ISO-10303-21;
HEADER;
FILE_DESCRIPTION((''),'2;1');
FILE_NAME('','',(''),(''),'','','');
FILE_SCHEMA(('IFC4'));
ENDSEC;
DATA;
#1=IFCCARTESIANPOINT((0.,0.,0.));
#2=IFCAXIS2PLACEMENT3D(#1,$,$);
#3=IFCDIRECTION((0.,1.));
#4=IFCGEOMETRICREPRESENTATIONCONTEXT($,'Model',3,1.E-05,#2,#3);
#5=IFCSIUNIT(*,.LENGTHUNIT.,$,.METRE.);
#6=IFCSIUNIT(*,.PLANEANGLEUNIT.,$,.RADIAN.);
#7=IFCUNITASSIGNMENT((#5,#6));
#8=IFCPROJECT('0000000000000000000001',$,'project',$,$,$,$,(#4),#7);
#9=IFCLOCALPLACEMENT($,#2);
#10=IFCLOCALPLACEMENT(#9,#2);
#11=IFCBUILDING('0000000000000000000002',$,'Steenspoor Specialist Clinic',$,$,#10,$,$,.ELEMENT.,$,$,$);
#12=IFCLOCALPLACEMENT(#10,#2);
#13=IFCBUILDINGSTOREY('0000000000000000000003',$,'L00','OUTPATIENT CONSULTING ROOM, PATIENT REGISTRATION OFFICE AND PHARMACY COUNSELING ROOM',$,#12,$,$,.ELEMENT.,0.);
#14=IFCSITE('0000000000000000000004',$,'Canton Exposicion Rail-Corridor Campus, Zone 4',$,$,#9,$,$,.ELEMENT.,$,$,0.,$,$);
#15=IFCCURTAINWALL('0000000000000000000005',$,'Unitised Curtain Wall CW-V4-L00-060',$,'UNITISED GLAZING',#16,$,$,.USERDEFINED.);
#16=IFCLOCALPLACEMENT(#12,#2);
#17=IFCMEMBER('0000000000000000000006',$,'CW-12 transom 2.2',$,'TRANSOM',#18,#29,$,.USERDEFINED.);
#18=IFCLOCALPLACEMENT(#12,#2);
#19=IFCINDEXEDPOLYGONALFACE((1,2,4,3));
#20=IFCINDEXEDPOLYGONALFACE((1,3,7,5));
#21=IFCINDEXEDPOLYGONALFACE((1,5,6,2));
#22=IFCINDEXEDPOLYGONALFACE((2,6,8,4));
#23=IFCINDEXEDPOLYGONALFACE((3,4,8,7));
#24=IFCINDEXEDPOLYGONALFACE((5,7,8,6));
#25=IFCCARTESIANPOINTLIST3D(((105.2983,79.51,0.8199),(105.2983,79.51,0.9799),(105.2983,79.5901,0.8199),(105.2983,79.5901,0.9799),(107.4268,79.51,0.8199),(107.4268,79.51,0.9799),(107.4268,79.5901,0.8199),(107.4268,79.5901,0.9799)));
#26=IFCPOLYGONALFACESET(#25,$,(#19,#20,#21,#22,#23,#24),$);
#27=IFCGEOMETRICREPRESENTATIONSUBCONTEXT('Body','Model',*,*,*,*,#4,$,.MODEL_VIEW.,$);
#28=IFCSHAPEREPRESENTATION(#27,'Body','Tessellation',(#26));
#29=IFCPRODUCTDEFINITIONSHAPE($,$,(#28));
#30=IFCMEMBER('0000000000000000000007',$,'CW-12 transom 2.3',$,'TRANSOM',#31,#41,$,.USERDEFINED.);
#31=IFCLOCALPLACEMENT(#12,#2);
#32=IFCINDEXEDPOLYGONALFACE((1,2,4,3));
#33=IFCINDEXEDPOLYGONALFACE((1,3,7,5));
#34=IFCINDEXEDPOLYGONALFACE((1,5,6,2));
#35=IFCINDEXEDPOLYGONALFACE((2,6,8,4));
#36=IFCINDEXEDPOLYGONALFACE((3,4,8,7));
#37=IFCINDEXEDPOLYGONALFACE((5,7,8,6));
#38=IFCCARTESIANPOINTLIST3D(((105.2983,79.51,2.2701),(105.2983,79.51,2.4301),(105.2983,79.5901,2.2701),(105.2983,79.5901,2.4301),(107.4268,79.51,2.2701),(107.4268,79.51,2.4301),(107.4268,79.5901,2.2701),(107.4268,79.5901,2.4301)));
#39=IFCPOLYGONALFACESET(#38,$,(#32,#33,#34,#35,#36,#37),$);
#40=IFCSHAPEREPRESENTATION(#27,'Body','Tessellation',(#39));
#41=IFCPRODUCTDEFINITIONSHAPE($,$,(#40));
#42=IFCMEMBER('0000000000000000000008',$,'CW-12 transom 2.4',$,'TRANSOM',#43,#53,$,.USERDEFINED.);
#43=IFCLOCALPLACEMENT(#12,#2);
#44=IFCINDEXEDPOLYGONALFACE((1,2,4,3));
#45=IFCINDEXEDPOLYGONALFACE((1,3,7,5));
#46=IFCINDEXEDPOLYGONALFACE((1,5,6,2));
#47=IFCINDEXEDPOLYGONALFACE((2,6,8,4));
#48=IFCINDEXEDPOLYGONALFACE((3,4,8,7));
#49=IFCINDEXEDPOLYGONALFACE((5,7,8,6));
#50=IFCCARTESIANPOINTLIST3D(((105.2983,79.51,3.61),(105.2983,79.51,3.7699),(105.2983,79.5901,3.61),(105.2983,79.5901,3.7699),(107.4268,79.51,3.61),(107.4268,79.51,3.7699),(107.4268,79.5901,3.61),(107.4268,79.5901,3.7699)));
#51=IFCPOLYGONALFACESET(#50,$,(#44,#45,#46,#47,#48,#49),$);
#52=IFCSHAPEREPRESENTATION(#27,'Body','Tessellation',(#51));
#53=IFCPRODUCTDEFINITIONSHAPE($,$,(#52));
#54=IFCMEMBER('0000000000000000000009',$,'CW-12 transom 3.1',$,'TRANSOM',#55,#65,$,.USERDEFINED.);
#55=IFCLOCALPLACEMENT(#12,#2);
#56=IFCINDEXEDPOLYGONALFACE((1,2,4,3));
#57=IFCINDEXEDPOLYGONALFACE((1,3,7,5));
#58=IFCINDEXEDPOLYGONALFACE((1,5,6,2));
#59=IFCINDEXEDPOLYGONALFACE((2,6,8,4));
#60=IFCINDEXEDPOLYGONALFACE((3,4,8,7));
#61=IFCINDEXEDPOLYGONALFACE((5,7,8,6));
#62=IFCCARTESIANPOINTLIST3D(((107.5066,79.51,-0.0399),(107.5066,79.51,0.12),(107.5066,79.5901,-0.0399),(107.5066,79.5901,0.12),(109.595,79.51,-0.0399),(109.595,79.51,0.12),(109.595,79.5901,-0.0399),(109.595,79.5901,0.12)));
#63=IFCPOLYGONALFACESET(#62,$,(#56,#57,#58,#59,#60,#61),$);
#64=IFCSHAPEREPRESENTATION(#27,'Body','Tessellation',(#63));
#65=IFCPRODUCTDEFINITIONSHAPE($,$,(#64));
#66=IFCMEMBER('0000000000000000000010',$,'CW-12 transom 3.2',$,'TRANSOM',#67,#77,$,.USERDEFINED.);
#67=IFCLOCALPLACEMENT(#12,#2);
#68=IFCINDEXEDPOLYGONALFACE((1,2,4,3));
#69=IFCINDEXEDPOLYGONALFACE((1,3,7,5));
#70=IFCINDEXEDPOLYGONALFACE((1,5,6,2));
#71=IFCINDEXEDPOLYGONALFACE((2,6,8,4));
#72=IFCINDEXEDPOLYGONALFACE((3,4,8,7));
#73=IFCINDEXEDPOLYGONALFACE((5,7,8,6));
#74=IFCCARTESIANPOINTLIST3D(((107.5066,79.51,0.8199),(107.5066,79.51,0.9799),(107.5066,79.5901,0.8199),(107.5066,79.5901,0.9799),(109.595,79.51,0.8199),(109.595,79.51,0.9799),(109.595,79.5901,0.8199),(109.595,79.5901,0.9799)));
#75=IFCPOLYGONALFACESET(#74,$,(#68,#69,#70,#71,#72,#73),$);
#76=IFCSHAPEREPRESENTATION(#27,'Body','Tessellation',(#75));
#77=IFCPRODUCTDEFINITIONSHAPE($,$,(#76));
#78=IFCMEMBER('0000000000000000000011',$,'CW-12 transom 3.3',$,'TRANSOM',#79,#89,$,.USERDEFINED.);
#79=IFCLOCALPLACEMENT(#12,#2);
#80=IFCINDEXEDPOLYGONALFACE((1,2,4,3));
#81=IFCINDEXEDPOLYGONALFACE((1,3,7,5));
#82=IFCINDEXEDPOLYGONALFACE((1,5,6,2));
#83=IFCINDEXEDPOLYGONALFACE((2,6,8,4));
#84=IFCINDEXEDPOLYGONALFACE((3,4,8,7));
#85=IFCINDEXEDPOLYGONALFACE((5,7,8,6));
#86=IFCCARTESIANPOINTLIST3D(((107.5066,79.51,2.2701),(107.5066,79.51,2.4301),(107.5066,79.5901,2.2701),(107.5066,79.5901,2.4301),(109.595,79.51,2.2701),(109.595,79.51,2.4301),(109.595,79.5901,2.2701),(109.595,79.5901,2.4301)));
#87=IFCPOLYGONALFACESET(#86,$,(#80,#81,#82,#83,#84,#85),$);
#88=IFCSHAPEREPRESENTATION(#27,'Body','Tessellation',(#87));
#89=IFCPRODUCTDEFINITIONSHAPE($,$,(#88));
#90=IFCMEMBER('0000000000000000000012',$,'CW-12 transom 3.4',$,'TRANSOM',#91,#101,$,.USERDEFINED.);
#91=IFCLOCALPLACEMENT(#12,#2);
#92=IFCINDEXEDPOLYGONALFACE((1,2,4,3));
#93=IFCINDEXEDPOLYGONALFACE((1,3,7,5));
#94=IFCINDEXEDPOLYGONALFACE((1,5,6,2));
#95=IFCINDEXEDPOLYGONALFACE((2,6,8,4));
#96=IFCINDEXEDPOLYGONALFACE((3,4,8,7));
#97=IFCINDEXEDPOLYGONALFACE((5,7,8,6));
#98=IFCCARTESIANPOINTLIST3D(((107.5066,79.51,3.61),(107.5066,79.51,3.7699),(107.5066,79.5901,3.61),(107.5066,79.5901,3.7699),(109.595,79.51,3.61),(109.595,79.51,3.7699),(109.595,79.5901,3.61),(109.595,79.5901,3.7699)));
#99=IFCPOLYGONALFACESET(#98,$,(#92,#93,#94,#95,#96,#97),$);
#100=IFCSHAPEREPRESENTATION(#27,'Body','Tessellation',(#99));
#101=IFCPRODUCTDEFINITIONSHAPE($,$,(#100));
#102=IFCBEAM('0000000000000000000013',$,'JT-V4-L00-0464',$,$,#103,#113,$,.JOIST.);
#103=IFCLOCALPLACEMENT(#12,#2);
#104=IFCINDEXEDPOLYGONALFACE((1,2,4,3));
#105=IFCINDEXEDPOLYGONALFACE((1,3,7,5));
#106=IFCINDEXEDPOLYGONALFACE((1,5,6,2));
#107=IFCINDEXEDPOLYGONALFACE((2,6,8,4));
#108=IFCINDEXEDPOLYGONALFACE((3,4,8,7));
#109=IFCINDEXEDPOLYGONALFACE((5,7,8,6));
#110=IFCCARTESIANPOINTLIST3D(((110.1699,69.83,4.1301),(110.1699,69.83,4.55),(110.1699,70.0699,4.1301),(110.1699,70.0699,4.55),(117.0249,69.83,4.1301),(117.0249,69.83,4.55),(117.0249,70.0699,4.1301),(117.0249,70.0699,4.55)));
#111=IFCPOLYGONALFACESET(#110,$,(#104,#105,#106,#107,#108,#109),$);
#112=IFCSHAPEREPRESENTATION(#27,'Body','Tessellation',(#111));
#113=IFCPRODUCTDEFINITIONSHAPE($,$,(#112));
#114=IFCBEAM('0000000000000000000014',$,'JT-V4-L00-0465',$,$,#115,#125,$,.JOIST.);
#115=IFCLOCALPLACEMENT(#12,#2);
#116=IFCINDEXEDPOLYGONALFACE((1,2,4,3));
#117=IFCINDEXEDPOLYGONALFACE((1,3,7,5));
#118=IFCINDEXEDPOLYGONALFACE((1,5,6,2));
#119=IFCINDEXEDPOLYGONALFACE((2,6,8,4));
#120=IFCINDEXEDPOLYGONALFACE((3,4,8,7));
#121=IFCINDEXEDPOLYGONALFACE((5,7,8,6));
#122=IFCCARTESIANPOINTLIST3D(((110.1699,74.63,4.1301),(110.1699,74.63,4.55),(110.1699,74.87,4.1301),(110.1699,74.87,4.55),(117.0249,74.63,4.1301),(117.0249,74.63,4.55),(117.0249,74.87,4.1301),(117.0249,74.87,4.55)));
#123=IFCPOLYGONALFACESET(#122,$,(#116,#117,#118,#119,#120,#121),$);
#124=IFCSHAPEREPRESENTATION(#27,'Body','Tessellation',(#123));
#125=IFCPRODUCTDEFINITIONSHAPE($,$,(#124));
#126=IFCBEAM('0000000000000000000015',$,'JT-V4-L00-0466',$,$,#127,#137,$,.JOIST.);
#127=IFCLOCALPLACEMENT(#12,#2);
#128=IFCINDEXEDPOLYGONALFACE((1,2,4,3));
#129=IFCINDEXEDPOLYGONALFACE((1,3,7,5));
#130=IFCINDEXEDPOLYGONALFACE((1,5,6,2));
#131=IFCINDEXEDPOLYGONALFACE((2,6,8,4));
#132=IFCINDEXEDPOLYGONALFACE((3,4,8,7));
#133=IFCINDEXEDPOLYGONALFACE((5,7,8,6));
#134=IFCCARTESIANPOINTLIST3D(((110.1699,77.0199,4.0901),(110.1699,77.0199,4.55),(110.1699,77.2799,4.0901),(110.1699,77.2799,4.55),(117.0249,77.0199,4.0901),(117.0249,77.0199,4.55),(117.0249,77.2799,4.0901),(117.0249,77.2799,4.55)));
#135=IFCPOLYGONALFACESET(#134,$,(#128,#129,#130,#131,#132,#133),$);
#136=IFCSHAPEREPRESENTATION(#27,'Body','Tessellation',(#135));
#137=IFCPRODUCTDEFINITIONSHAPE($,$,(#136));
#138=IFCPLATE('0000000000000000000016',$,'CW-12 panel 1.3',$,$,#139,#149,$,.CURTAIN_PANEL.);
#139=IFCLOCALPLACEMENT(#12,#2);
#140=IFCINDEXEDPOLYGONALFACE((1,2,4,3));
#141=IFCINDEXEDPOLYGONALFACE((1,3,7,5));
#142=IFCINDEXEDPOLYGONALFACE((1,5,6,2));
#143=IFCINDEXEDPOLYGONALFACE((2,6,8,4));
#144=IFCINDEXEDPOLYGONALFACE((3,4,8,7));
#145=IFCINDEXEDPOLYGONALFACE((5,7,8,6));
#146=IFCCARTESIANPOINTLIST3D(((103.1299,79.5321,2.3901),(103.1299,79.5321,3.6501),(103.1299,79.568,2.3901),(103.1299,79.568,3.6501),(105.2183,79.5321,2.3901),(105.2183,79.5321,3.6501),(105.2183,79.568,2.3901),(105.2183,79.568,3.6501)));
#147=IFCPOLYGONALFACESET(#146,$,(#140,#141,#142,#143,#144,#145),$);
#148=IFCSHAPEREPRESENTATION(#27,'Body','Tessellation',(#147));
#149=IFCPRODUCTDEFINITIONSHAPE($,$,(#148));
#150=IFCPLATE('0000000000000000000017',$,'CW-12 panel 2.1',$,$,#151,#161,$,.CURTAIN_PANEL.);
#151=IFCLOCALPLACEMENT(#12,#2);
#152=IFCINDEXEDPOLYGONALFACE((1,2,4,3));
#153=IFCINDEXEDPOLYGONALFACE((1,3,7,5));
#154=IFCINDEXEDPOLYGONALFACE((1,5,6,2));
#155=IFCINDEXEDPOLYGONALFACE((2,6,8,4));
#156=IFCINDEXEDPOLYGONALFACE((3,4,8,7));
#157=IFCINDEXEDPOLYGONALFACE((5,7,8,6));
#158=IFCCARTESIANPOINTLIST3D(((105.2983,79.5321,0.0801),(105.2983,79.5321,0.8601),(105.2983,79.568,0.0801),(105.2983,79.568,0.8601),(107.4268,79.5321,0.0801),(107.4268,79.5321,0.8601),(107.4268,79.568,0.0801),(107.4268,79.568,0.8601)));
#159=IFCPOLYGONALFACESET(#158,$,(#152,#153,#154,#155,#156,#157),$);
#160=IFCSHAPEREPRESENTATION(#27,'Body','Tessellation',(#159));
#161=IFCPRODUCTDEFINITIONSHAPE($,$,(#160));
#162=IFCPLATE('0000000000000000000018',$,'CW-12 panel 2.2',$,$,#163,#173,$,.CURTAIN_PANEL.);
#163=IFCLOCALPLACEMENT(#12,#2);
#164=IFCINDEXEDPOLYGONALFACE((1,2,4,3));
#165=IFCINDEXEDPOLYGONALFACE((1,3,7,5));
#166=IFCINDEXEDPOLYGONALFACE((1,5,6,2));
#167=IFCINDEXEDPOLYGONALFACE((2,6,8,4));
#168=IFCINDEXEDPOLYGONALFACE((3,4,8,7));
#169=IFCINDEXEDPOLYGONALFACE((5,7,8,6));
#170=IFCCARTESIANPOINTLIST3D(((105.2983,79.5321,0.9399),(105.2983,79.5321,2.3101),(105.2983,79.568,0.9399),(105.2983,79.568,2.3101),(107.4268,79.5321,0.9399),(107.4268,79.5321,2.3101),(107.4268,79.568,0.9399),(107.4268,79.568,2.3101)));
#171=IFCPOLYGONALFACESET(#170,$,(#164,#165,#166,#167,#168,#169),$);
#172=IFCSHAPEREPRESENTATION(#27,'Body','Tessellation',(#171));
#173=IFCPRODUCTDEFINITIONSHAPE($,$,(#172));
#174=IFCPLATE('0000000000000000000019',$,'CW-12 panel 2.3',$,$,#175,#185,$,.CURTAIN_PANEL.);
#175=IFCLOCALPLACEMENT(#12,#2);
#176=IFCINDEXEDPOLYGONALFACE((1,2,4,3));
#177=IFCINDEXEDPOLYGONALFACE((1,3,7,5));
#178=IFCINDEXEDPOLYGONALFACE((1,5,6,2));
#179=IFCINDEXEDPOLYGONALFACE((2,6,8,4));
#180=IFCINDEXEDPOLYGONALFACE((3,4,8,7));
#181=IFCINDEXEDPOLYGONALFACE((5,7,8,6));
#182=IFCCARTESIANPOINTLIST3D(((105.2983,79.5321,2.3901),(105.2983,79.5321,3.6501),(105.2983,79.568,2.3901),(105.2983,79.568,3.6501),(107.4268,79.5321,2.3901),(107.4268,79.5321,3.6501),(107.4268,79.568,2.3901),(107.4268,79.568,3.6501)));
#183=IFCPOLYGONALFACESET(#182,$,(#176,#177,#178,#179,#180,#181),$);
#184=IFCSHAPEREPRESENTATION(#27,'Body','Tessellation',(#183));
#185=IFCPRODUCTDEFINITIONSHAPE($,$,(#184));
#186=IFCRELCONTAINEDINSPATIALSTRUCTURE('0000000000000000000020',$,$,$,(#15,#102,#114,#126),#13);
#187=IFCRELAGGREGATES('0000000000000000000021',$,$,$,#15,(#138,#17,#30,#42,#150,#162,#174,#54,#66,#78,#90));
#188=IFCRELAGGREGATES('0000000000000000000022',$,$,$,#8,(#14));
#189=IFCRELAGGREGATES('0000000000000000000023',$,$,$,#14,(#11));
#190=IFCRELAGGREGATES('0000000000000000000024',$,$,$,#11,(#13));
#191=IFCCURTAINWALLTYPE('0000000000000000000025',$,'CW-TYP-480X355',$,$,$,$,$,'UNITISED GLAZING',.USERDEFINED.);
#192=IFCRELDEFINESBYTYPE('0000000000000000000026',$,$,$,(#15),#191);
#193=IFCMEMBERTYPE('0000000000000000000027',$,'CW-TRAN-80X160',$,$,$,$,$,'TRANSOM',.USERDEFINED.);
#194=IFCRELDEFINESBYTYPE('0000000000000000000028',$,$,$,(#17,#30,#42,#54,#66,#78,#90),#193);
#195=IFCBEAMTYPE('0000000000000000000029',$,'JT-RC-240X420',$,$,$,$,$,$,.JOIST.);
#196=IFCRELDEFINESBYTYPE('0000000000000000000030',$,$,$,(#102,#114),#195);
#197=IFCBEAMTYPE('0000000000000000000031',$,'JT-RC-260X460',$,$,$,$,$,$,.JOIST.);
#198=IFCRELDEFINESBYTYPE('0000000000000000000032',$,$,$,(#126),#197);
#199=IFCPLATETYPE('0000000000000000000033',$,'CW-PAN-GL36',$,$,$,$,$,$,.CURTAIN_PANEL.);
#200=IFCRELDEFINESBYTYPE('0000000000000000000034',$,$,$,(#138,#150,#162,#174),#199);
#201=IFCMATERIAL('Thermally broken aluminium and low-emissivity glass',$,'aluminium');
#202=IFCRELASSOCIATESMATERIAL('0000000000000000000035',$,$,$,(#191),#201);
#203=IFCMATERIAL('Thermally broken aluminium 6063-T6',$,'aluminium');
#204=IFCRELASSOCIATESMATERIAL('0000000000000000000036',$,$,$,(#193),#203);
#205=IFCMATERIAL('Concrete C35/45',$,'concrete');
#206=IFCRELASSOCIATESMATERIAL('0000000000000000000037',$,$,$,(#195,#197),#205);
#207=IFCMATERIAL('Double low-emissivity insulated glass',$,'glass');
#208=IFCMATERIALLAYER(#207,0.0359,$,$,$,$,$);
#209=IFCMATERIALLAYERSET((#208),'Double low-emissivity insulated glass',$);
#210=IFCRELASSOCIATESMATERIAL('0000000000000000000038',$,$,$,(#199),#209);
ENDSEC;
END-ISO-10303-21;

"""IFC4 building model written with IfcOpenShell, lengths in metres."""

from ifc_helpers import new_model, si_unit, direction, frame, origin, origin_2d, place, context, subcontext, project, spatial, rectangle, extrude, material, layer, layer_set, material_profile, profile_set, type_object, element, aggregate, save


model = new_model("IFC4")

# Units and contexts
model_context = context("Model", 3, precision=1e-05, world=origin(), true_north=direction((0.0, 1.0)))
body_context = subcontext(model_context, "Body", "Model", "MODEL_VIEW")
ifc_project = project(units=[si_unit("LENGTHUNIT", "METRE"), si_unit("PLANEANGLEUNIT", "RADIAN")], contexts=[model_context])

# Site, building, storey
site_placement = place(None, origin())
site = spatial("IfcSite", under=ifc_project, at=site_placement, Name="Canton Exposicion Rail-Corridor Campus, Zone 4", CompositionType="ELEMENT", RefElevation=0.0)
building_placement = place(site_placement, origin())
building = spatial("IfcBuilding", under=site, at=building_placement, Name="Steenspoor Specialist Clinic", CompositionType="ELEMENT")
storey_placement = place(building_placement, origin())
storey = spatial("IfcBuildingStorey", under=building, at=storey_placement, Name="L00", Description="OUTPATIENT CONSULTING ROOM, PATIENT REGISTRATION OFFICE AND PHARMACY COUNSELING ROOM", CompositionType="ELEMENT", Elevation=0.0)

# Shared definitions
ifc_material_1 = material(Name="Concrete C35/45", Category="concrete")

# Curtain wall, members
ifc_material_2 = material(Name="Thermally broken aluminium and low-emissivity glass", Category="aluminium")
curtain_wall_type = type_object("IfcCurtainWallType", Name="CW-TYP-480X355", ElementType="UNITISED GLAZING", PredefinedType="USERDEFINED", material=ifc_material_2)
curtain_wall_placement = place(storey_placement, origin())
curtain_wall = element("IfcCurtainWall", 1, at=curtain_wall_placement, inside=storey, type_object=curtain_wall_type, Name="Unitised Curtain Wall CW-V4-L00-060", ObjectType="UNITISED GLAZING", PredefinedType="USERDEFINED")
ifc_material_3 = material(Name="Thermally broken aluminium 6063-T6", Category="aluminium")
ifc_material_profile_1 = material_profile(ifc_material_3, rectangle(XDim=0.0801, YDim=0.1599, at=origin_2d()), Name="CWT-80X160")
ifc_profile_set_1 = profile_set([ifc_material_profile_1], Name="Thermally broken aluminium 6063-T6")
member_type_1 = type_object("IfcMemberType", Name="CW-TRAN-80X160", ElementType="TRANSOM", PredefinedType="USERDEFINED", material=ifc_profile_set_1)
member_1_placement = place(storey_placement, frame((105.2983, 79.55, 0.8999), z_axis=(1.0, 0.0, 0.0), x_axis=(0.0, 1.0, 0.0)))
member_1 = element("IfcMember", 2, at=member_1_placement, type_object=member_type_1, Name="CW-12 transom 2.2", ObjectType="TRANSOM", PredefinedType="USERDEFINED", context=body_context, shape_type="SweptSolid", body=[
    extrude(rectangle(XDim=0.0801, YDim=0.1599, at=origin_2d()), origin(), (0.0, 0.0, 1.0), 2.1284),
])
member_2_placement = place(storey_placement, frame((105.2983, 79.55, 2.3501), z_axis=(1.0, 0.0, 0.0), x_axis=(0.0, 1.0, 0.0)))
member_2 = element("IfcMember", 3, at=member_2_placement, type_object=member_type_1, Name="CW-12 transom 2.3", ObjectType="TRANSOM", PredefinedType="USERDEFINED", context=body_context, shape_type="SweptSolid", body=[
    extrude(rectangle(XDim=0.0801, YDim=0.1599, at=origin_2d()), origin(), (0.0, 0.0, 1.0), 2.1284),
])
member_3_placement = place(storey_placement, frame((105.2983, 79.55, 3.6899), z_axis=(1.0, 0.0, 0.0), x_axis=(0.0, 1.0, 0.0)))
member_3 = element("IfcMember", 4, at=member_3_placement, type_object=member_type_1, Name="CW-12 transom 2.4", ObjectType="TRANSOM", PredefinedType="USERDEFINED", context=body_context, shape_type="SweptSolid", body=[
    extrude(rectangle(XDim=0.0801, YDim=0.1599, at=origin_2d()), origin(), (0.0, 0.0, 1.0), 2.1284),
])
member_4_placement = place(storey_placement, frame((107.5066, 79.55, 0.04), z_axis=(1.0, 0.0, 0.0), x_axis=(0.0, 1.0, 0.0)))
member_4 = element("IfcMember", 5, at=member_4_placement, type_object=member_type_1, Name="CW-12 transom 3.1", ObjectType="TRANSOM", PredefinedType="USERDEFINED", context=body_context, shape_type="SweptSolid", body=[
    extrude(rectangle(XDim=0.0801, YDim=0.1599, at=origin_2d()), origin(), (0.0, 0.0, 1.0), 2.0884),
])
member_5_placement = place(storey_placement, frame((107.5066, 79.55, 0.8999), z_axis=(1.0, 0.0, 0.0), x_axis=(0.0, 1.0, 0.0)))
member_5 = element("IfcMember", 6, at=member_5_placement, type_object=member_type_1, Name="CW-12 transom 3.2", ObjectType="TRANSOM", PredefinedType="USERDEFINED", context=body_context, shape_type="SweptSolid", body=[
    extrude(rectangle(XDim=0.0801, YDim=0.1599, at=origin_2d()), origin(), (0.0, 0.0, 1.0), 2.0884),
])
member_6_placement = place(storey_placement, frame((107.5066, 79.55, 2.3501), z_axis=(1.0, 0.0, 0.0), x_axis=(0.0, 1.0, 0.0)))
member_6 = element("IfcMember", 7, at=member_6_placement, type_object=member_type_1, Name="CW-12 transom 3.3", ObjectType="TRANSOM", PredefinedType="USERDEFINED", context=body_context, shape_type="SweptSolid", body=[
    extrude(rectangle(XDim=0.0801, YDim=0.1599, at=origin_2d()), origin(), (0.0, 0.0, 1.0), 2.0884),
])
member_7_placement = place(storey_placement, frame((107.5066, 79.55, 3.6899), z_axis=(1.0, 0.0, 0.0), x_axis=(0.0, 1.0, 0.0)))
member_7 = element("IfcMember", 8, at=member_7_placement, type_object=member_type_1, Name="CW-12 transom 3.4", ObjectType="TRANSOM", PredefinedType="USERDEFINED", context=body_context, shape_type="SweptSolid", body=[
    extrude(rectangle(XDim=0.0801, YDim=0.1599, at=origin_2d()), origin(), (0.0, 0.0, 1.0), 2.0884),
])

# Beams
ifc_material_profile_2 = material_profile(ifc_material_1, rectangle(XDim=0.24, YDim=0.4199, at=origin_2d()), Name="RC-JT-240X420")
ifc_profile_set_2 = profile_set([ifc_material_profile_2], Name="Concrete C35/45")
beam_type_1 = type_object("IfcBeamType", Name="JT-RC-240X420", PredefinedType="JOIST", material=ifc_profile_set_2)
for number, where, z_axis, x_axis, name in (
    (9, (110.1699, 69.95, 4.3401), (1.0, 0.0, 0.0), (0.0, 1.0, 0.0), "JT-V4-L00-0464"),
    (10, (110.1699, 74.75, 4.3401), (1.0, 0.0, 0.0), (0.0, 1.0, 0.0), "JT-V4-L00-0465"),
):
    element("IfcBeam", number, at=place(storey_placement, frame(where, z_axis=z_axis, x_axis=x_axis)), inside=storey, type_object=beam_type_1, Name=name, PredefinedType="JOIST", context=body_context, shape_type="SweptSolid", body=[
        extrude(rectangle(XDim=0.24, YDim=0.4199, at=origin_2d()), origin(), (0.0, 0.0, 1.0), 6.855),
    ])
ifc_material_profile_3 = material_profile(ifc_material_1, rectangle(XDim=0.26, YDim=0.46, at=origin_2d()), Name="RC-JT-260X460")
ifc_profile_set_3 = profile_set([ifc_material_profile_3], Name="Concrete C35/45")
beam_type_2 = type_object("IfcBeamType", Name="JT-RC-260X460", PredefinedType="JOIST", material=ifc_profile_set_3)
beam_1_placement = place(storey_placement, frame((110.1699, 77.1499, 4.3201), z_axis=(1.0, 0.0, 0.0), x_axis=(0.0, 1.0, 0.0)))
element("IfcBeam", 11, at=beam_1_placement, inside=storey, type_object=beam_type_2, Name="JT-V4-L00-0466", PredefinedType="JOIST", context=body_context, shape_type="SweptSolid", body=[
    extrude(rectangle(XDim=0.26, YDim=0.46, at=origin_2d()), origin(), (0.0, 0.0, 1.0), 6.855),
])

# Plates
ifc_material_4 = material(Name="Double low-emissivity insulated glass", Category="glass")
ifc_layer_1 = layer(ifc_material_4, 0.0359)
ifc_layer_set_1 = layer_set([ifc_layer_1], Name="Double low-emissivity insulated glass")
plate_type = type_object("IfcPlateType", Name="CW-PAN-GL36", PredefinedType="CURTAIN_PANEL", material=ifc_layer_set_1)
plate_1_placement = place(storey_placement, frame((104.1741, 79.55, 2.3901), z_axis=(0.0, 0.0, 1.0), x_axis=(1.0, 0.0, 0.0)))
plate_1 = element("IfcPlate", 12, at=plate_1_placement, type_object=plate_type, Name="CW-12 panel 1.3", PredefinedType="CURTAIN_PANEL", context=body_context, shape_type="SweptSolid", body=[
    extrude(rectangle(XDim=2.0884, YDim=0.0359, at=origin_2d()), origin(), (0.0, 0.0, 1.0), 1.26),
])
plate_2_placement = place(storey_placement, frame((106.3625, 79.55, 0.0801), z_axis=(0.0, 0.0, 1.0), x_axis=(1.0, 0.0, 0.0)))
plate_2 = element("IfcPlate", 13, at=plate_2_placement, type_object=plate_type, Name="CW-12 panel 2.1", PredefinedType="CURTAIN_PANEL", context=body_context, shape_type="SweptSolid", body=[
    extrude(rectangle(XDim=2.1284, YDim=0.0359, at=origin_2d()), origin(), (0.0, 0.0, 1.0), 0.78),
])
plate_3_placement = place(storey_placement, frame((106.3625, 79.55, 0.9399), z_axis=(0.0, 0.0, 1.0), x_axis=(1.0, 0.0, 0.0)))
plate_3 = element("IfcPlate", 14, at=plate_3_placement, type_object=plate_type, Name="CW-12 panel 2.2", PredefinedType="CURTAIN_PANEL", context=body_context, shape_type="SweptSolid", body=[
    extrude(rectangle(XDim=2.1284, YDim=0.0359, at=origin_2d()), origin(), (0.0, 0.0, 1.0), 1.3701),
])
plate_4_placement = place(storey_placement, frame((106.3625, 79.55, 2.3901), z_axis=(0.0, 0.0, 1.0), x_axis=(1.0, 0.0, 0.0)))
plate_4 = element("IfcPlate", 15, at=plate_4_placement, type_object=plate_type, Name="CW-12 panel 2.3", PredefinedType="CURTAIN_PANEL", context=body_context, shape_type="SweptSolid", body=[
    extrude(rectangle(XDim=2.1284, YDim=0.0359, at=origin_2d()), origin(), (0.0, 0.0, 1.0), 1.26),
])
aggregate(curtain_wall, [plate_1, member_1, member_2, member_3, plate_2, plate_3, plate_4, member_4, member_5, member_6, member_7])

save(model, "model.ifc")
